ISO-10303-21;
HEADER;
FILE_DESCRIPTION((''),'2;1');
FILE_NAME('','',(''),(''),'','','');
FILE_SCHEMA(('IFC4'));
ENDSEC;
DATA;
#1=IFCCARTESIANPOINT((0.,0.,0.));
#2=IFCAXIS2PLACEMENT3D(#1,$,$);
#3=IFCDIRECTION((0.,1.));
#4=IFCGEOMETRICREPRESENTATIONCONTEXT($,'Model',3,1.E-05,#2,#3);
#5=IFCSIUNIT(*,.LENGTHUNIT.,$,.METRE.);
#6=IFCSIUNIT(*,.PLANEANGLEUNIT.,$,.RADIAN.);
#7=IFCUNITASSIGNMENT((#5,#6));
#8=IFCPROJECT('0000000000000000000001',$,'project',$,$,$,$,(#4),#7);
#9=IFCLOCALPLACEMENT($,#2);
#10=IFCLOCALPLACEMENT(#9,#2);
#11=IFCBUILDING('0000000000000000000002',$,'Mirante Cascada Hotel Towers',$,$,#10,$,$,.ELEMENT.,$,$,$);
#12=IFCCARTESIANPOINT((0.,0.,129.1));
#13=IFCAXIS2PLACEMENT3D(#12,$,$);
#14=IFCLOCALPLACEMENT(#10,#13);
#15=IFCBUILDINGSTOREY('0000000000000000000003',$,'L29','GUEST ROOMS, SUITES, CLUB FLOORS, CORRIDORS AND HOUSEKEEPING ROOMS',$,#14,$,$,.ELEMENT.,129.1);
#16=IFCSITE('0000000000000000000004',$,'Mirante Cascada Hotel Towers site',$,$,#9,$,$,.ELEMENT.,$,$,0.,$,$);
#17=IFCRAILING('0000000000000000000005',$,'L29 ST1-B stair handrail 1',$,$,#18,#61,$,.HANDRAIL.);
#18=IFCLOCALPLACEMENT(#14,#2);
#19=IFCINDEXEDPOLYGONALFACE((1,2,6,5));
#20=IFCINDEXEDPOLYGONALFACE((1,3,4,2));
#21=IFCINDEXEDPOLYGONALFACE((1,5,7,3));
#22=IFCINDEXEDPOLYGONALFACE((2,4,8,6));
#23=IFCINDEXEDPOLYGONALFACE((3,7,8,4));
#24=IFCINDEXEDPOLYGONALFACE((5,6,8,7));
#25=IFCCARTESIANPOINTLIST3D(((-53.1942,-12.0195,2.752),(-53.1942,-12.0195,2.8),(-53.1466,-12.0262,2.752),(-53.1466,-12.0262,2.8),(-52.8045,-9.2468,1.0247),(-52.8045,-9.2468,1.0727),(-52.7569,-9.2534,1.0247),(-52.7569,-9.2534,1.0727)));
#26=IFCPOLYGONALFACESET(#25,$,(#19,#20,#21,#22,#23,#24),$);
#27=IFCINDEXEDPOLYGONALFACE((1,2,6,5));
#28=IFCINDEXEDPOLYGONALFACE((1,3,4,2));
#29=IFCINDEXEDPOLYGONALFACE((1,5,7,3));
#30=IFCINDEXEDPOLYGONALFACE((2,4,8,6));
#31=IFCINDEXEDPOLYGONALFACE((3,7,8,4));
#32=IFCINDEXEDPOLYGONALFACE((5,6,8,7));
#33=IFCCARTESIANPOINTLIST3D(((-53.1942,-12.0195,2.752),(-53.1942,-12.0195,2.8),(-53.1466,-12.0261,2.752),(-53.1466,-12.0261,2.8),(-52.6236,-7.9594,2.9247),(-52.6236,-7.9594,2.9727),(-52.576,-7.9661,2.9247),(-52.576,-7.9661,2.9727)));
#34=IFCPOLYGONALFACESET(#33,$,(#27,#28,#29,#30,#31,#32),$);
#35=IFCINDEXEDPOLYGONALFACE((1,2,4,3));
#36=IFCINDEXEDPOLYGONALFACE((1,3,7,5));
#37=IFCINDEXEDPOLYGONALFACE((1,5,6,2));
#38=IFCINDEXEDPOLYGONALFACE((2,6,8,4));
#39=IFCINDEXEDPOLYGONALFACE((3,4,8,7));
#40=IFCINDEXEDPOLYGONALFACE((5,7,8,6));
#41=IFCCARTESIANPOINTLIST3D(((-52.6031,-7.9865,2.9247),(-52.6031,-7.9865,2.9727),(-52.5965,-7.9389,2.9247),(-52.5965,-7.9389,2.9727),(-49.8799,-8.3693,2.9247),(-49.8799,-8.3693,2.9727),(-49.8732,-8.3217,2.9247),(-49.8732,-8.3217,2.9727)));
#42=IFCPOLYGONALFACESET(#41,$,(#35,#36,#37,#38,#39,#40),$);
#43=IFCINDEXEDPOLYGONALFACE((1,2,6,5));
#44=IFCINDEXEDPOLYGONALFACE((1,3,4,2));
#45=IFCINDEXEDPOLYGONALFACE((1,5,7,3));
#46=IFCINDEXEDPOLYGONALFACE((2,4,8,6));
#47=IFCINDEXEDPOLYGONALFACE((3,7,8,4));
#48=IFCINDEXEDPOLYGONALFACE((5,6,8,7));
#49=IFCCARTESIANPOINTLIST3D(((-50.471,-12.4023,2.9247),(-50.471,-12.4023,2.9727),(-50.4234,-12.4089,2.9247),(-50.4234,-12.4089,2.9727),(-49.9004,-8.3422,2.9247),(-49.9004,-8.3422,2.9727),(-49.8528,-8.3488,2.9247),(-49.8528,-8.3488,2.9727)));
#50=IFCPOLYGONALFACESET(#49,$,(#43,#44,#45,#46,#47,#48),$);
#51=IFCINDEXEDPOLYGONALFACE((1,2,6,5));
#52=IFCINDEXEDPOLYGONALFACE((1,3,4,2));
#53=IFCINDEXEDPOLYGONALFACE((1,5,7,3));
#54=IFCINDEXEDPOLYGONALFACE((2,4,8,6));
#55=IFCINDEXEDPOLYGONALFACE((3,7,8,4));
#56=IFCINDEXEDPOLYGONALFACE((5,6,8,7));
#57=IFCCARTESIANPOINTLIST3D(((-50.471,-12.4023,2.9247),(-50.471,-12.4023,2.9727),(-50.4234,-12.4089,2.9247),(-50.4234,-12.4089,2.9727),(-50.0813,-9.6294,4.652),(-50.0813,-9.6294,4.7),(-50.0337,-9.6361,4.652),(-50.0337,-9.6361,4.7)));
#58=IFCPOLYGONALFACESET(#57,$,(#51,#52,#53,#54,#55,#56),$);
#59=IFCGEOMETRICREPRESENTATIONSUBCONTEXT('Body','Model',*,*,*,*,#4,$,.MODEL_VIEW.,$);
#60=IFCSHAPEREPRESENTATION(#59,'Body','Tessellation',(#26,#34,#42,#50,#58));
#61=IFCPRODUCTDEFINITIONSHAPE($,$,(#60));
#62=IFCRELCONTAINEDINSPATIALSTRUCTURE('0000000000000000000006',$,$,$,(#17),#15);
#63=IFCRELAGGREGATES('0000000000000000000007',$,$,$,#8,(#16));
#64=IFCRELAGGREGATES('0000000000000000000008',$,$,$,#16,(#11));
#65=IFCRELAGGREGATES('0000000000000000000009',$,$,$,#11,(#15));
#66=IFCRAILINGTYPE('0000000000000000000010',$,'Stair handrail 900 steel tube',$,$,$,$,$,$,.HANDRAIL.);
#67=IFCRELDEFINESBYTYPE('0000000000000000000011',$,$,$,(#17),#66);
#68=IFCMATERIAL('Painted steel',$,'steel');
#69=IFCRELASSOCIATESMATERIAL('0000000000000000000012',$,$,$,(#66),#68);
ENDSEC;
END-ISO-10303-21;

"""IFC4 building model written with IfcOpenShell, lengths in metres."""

from ifc_helpers import new_model, si_unit, direction, frame, origin, origin_2d, place, context, subcontext, project, spatial, rectangle, extrude, material, type_object, element, save


model = new_model("IFC4")

# Units and contexts
model_context = context("Model", 3, precision=1e-05, world=origin(), true_north=direction((0.0, 1.0)))
body_context = subcontext(model_context, "Body", "Model", "MODEL_VIEW")
ifc_project = project(units=[si_unit("LENGTHUNIT", "METRE"), si_unit("PLANEANGLEUNIT", "RADIAN")], contexts=[model_context])

# Site, building, storey
site_placement = place(None, origin())
site = spatial("IfcSite", under=ifc_project, at=site_placement, Name="Mirante Cascada Hotel Towers site", CompositionType="ELEMENT", RefElevation=0.0)
building_placement = place(site_placement, origin())
building = spatial("IfcBuilding", under=site, at=building_placement, Name="Mirante Cascada Hotel Towers", CompositionType="ELEMENT")
storey_placement = place(building_placement, frame((0.0, 0.0, 129.1)))
storey = spatial("IfcBuildingStorey", under=building, at=storey_placement, Name="L29", Description="GUEST ROOMS, SUITES, CLUB FLOORS, CORRIDORS AND HOUSEKEEPING ROOMS", CompositionType="ELEMENT", Elevation=129.1)

# Railing
ifc_material_1 = material(Name="Painted steel", Category="steel")
railing_type_1 = type_object("IfcRailingType", Name="Stair handrail 900 steel tube", PredefinedType="HANDRAIL", material=ifc_material_1)
railing_1_placement = place(storey_placement, frame((-52.7807, -9.2501, 0.1727)))
element("IfcRailing", 1, at=railing_1_placement, inside=storey, type_object=railing_type_1, Name="L29 ST1-B stair handrail 1", PredefinedType="HANDRAIL", context=body_context, shape_type="SweptSolid", body=[
    extrude(rectangle(XDim=0.048, YDim=0.048, at=origin_2d()), frame((0.0, 0.0, 0.876), z_axis=(-0.139181, -0.990267, 0.0), x_axis=(0.990267, -0.139181, 0.0)), (0.0, 0.525035, 0.851081), 3.2899),
    extrude(rectangle(XDim=0.048, YDim=0.048, at=origin_2d()), frame((-0.3897, -2.7727, 2.6033), z_axis=(0.139171, 0.990268, 0.0), x_axis=(-0.990268, 0.139171, 0.0)), (0.0, 0.042085, 0.999114), 4.1036),
    extrude(rectangle(XDim=0.048, YDim=0.048, at=origin_2d()), frame((0.1809, 1.2874, 2.776), z_axis=(0.990264, -0.139201, 0.0), x_axis=(0.139201, 0.990264, 0.0)), (0.0, 0.0, 1.0), 2.75),
    extrude(rectangle(XDim=0.048, YDim=0.048, at=origin_2d()), frame((2.9041, 0.9046, 2.776), z_axis=(-0.139171, -0.990268, 0.0), x_axis=(0.990268, -0.139171, 0.0)), (0.0, 0.0, 1.0), 4.1),
    extrude(rectangle(XDim=0.048, YDim=0.048, at=origin_2d()), frame((2.3335, -3.1555, 2.776), z_axis=(0.139176, 0.990268, 0.0), x_axis=(-0.990268, 0.139176, 0.0)), (0.0, 0.525021, 0.851089), 3.29),
])

save(model, "model.ifc")
